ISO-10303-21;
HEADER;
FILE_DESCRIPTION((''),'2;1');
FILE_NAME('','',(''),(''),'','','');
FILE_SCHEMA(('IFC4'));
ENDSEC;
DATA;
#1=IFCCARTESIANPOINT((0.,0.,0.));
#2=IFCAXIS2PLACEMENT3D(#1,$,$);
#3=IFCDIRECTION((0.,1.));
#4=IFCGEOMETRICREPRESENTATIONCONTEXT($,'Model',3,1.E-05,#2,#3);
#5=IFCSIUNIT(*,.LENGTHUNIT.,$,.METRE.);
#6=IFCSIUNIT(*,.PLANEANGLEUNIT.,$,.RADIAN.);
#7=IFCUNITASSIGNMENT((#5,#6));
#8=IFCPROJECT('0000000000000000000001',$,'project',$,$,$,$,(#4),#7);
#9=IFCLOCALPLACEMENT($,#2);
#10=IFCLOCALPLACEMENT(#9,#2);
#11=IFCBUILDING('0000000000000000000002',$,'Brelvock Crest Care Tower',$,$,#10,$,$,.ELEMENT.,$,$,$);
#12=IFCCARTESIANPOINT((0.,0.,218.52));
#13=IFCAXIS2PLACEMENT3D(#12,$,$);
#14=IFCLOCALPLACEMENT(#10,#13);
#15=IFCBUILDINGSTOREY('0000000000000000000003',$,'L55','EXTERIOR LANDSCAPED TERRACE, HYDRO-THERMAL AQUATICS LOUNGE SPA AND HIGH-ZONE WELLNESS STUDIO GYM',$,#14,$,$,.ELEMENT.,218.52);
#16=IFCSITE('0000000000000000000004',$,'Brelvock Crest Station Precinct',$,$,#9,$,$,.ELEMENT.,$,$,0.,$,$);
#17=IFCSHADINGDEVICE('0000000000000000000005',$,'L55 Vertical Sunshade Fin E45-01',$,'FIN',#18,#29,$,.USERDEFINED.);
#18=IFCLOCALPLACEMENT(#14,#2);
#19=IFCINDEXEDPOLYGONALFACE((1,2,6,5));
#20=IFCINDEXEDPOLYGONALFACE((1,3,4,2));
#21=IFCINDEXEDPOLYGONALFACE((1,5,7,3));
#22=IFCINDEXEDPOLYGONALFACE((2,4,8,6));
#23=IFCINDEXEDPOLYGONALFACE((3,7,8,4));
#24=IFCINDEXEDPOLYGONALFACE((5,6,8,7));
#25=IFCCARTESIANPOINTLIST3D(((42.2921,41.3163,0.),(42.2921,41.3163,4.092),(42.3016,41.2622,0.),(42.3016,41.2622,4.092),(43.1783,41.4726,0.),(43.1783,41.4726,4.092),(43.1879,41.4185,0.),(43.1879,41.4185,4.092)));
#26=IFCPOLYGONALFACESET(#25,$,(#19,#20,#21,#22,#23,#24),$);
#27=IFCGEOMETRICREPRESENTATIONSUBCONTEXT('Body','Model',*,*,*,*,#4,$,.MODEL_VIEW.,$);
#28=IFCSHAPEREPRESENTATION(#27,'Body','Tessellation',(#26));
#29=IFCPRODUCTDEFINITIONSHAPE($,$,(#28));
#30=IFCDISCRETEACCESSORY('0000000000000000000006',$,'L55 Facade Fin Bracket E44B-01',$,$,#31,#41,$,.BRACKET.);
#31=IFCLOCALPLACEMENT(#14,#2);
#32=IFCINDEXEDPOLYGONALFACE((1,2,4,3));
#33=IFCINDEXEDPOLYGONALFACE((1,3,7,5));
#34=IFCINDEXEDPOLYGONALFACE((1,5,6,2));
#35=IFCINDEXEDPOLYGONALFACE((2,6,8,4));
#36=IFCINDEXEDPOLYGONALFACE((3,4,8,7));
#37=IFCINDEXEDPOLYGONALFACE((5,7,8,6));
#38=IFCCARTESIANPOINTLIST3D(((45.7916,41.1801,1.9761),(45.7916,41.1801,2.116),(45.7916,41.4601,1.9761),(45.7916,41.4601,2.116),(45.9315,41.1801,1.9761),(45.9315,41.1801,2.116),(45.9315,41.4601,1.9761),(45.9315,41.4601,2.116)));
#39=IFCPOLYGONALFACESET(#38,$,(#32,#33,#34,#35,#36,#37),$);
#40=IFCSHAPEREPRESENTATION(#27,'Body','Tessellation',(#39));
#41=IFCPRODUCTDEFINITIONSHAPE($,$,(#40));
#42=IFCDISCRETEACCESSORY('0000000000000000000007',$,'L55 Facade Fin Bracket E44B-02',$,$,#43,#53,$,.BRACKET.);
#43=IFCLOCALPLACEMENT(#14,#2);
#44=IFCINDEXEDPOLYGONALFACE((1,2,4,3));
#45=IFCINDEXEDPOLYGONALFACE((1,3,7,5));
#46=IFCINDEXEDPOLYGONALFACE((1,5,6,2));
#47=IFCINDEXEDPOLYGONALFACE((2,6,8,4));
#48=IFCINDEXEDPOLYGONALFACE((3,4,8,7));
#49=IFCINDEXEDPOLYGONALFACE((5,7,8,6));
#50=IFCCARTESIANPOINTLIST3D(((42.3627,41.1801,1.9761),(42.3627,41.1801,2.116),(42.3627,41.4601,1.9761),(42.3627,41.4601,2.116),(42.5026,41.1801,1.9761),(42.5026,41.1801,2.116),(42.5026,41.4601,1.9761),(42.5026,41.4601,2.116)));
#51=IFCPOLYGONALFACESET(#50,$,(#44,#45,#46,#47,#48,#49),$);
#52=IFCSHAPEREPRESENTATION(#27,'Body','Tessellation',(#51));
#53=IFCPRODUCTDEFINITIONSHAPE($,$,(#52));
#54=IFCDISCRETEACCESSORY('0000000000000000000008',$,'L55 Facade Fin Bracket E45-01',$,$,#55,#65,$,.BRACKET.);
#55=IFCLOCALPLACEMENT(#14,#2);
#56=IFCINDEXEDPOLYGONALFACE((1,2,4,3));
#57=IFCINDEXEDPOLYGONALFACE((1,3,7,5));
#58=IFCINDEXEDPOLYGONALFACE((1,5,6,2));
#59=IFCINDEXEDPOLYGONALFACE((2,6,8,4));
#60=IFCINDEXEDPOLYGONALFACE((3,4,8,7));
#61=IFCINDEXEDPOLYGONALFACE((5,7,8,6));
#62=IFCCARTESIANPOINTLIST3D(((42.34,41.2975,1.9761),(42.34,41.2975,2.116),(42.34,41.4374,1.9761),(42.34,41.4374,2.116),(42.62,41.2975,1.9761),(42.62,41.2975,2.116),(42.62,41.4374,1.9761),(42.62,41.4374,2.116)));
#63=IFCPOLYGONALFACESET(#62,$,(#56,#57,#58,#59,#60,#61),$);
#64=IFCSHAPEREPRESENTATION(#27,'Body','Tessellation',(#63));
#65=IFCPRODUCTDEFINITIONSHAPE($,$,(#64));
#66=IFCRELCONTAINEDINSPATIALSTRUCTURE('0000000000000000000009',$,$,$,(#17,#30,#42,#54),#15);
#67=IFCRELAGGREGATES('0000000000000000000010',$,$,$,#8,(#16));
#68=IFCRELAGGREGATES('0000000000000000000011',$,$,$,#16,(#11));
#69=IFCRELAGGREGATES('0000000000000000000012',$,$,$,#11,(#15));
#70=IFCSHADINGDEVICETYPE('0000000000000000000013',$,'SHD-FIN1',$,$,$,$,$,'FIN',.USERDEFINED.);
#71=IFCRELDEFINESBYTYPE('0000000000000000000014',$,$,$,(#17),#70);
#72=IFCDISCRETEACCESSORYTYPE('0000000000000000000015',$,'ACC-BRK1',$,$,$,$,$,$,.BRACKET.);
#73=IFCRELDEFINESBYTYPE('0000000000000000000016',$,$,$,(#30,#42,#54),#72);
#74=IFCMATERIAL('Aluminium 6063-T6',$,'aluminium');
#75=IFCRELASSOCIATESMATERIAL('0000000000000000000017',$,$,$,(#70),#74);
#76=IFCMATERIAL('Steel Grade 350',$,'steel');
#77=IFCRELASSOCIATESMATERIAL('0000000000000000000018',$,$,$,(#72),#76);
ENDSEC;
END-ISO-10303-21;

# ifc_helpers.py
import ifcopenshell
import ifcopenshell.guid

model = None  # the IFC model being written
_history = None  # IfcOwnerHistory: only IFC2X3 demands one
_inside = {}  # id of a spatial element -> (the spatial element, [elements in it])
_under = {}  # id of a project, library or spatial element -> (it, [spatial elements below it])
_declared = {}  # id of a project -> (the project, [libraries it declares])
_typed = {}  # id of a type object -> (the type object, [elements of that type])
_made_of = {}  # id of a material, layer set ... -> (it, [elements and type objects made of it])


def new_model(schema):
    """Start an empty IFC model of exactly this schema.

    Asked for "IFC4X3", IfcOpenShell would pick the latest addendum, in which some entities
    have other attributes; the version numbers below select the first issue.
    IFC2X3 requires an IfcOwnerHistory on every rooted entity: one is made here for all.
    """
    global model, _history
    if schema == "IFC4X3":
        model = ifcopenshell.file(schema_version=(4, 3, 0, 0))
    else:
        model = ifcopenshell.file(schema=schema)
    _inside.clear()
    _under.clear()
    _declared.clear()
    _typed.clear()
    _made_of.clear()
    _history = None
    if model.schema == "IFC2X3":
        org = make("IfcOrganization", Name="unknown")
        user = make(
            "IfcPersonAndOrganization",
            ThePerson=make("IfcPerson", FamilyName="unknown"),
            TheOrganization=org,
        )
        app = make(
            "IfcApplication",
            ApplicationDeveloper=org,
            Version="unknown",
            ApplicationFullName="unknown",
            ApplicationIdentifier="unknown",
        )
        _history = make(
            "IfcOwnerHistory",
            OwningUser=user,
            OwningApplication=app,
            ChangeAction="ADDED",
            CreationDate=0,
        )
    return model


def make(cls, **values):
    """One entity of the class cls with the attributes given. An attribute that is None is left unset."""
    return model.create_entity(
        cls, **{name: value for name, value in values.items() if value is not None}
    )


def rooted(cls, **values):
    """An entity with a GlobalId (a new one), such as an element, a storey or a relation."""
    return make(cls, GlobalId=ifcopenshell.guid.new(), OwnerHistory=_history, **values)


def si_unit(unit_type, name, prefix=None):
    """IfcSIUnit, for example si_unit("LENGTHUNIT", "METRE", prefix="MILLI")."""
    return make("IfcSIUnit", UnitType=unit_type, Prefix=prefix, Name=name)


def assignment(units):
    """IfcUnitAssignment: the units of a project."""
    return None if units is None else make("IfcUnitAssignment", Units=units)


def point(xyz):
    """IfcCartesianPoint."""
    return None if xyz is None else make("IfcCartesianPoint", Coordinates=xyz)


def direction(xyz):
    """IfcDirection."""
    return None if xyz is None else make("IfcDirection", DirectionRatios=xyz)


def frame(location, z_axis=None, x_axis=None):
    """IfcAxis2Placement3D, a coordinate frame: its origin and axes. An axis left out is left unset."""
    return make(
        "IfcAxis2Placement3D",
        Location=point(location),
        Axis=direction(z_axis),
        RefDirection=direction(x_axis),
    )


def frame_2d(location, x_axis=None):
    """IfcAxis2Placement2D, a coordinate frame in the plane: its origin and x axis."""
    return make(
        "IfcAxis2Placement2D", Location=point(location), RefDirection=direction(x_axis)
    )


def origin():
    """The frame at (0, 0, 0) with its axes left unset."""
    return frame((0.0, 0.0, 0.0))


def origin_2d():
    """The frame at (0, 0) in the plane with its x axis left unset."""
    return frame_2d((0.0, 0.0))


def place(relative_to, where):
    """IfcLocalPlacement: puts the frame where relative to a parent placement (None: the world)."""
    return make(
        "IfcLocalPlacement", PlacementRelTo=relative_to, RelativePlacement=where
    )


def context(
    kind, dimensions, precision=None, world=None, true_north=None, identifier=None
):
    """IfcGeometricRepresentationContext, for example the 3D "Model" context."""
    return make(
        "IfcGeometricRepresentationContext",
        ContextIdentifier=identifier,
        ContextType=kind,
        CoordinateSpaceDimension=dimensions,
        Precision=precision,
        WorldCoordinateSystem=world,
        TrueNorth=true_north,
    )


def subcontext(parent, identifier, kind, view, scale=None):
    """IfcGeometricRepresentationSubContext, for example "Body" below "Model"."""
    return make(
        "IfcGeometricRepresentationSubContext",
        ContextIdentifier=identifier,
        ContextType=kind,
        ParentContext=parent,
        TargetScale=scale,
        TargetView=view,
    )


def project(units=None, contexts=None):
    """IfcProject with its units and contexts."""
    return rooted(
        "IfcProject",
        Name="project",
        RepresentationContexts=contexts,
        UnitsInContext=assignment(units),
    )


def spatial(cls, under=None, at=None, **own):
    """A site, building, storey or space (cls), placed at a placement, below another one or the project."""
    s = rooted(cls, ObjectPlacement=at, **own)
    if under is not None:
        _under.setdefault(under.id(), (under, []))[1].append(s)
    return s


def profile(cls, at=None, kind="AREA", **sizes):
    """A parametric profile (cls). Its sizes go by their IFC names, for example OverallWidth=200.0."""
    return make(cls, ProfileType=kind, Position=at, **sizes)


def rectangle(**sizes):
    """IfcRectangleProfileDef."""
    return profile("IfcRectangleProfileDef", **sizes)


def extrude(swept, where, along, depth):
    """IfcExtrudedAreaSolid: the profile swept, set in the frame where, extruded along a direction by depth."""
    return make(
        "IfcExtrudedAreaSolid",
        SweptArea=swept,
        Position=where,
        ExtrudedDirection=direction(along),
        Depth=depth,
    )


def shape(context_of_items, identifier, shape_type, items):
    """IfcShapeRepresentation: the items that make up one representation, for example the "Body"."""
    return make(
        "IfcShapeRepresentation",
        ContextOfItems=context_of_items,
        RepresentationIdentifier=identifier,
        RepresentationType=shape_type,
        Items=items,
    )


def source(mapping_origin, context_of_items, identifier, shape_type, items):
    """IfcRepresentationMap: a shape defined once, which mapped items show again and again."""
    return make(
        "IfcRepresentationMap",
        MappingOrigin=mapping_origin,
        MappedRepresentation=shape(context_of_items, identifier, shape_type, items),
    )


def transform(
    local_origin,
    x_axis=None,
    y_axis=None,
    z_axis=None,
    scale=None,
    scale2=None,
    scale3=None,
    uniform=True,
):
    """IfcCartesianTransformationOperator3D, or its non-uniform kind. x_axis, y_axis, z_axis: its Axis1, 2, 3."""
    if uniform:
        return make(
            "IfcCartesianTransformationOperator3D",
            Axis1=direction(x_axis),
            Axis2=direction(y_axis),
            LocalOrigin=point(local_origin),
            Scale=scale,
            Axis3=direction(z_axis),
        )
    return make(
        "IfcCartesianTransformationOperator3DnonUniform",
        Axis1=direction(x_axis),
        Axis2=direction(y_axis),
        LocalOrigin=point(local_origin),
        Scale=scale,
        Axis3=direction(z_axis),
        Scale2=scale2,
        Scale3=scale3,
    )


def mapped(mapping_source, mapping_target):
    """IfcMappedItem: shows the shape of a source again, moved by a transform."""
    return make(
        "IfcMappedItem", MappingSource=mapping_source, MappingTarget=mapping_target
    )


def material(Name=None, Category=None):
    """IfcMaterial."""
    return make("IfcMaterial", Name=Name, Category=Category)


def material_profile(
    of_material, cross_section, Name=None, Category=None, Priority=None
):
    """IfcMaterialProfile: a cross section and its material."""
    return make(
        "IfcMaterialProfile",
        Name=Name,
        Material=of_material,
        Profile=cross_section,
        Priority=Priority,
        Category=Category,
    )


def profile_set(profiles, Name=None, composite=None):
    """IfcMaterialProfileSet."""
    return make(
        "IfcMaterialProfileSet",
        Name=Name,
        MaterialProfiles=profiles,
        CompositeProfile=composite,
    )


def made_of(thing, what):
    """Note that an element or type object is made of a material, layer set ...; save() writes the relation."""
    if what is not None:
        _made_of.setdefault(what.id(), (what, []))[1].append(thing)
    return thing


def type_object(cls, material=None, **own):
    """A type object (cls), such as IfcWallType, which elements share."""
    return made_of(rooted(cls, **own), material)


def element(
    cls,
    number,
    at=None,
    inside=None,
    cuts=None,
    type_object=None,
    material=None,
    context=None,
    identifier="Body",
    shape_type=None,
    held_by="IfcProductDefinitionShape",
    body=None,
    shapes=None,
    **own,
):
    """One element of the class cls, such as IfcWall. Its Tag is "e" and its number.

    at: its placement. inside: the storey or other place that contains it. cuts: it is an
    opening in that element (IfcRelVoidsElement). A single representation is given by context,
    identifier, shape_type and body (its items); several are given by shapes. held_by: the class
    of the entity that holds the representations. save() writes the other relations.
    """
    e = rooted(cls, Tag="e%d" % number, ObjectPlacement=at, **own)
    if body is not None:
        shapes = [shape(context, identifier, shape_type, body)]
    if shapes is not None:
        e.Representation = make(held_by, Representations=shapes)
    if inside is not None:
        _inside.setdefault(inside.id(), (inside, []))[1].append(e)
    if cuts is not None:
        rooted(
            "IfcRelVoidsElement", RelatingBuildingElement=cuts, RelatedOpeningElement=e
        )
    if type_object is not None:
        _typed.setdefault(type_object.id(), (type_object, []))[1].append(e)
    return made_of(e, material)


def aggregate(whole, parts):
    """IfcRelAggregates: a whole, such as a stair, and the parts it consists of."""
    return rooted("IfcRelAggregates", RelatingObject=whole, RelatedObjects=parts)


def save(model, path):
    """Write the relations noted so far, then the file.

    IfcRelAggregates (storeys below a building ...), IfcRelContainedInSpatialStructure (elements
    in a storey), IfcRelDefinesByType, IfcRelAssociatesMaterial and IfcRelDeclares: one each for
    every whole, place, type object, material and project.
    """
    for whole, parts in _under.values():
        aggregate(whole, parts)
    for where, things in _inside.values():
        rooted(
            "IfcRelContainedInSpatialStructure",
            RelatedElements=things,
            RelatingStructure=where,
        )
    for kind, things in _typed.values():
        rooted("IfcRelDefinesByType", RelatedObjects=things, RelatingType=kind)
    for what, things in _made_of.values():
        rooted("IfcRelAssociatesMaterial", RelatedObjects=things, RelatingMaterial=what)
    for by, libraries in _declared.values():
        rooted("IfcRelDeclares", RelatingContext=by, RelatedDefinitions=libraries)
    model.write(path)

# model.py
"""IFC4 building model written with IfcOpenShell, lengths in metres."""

from ifc_helpers import new_model, si_unit, direction, frame, origin, origin_2d, place, context, subcontext, project, spatial, rectangle, extrude, source, transform, mapped, material, material_profile, profile_set, type_object, element, save


model = new_model("IFC4")

# Units and contexts
model_context = context("Model", 3, precision=1e-05, world=origin(), true_north=direction((0.0, 1.0)))
body_context = subcontext(model_context, "Body", "Model", "MODEL_VIEW")
ifc_project = project(units=[si_unit("LENGTHUNIT", "METRE"), si_unit("PLANEANGLEUNIT", "RADIAN")], contexts=[model_context])

# Site, building, storey
site_placement = place(None, origin())
site = spatial("IfcSite", under=ifc_project, at=site_placement, Name="Brelvock Crest Station Precinct", CompositionType="ELEMENT", RefElevation=0.0)
building_placement = place(site_placement, origin())
building = spatial("IfcBuilding", under=site, at=building_placement, Name="Brelvock Crest Care Tower", CompositionType="ELEMENT")
storey_placement = place(building_placement, frame((0.0, 0.0, 218.52)))
storey = spatial("IfcBuildingStorey", under=building, at=storey_placement, Name="L55", Description="EXTERIOR LANDSCAPED TERRACE, HYDRO-THERMAL AQUATICS LOUNGE SPA AND HIGH-ZONE WELLNESS STUDIO GYM", CompositionType="ELEMENT", Elevation=218.52)

# Shared definitions
ifc_material_1 = material(Name="Steel Grade 350", Category="steel")

# Shared definitions
ifc_material_2 = material(Name="Aluminium 6063-T6", Category="aluminium")

# Shading device
ifc_material_profile_1 = material_profile(ifc_material_2, rectangle(XDim=0.0549, YDim=0.8999, at=origin_2d()), Name="FIN55x900")
ifc_profile_set_1 = profile_set([ifc_material_profile_1], Name="Aluminium 6063-T6")
shading_device_type = type_object("IfcShadingDeviceType", Name="SHD-FIN1", ElementType="FIN", PredefinedType="USERDEFINED", material=ifc_profile_set_1)
shared_shape_1 = source(origin(), body_context, "Body", "SweptSolid", [
    extrude(rectangle(XDim=0.0549, YDim=0.8999, at=origin_2d()), origin(), (0.0, 0.0, 1.0), 4.092),
])
for number, where, z_axis, x_axis, name in (
    (1, (42.74, 41.3674, 0.0), (0.0, 0.0, 1.0), (0.173648, -0.984808, 0.0), "L55 Vertical Sunshade Fin E45-01"),
):
    element("IfcShadingDevice", number, at=place(storey_placement, frame(where, z_axis=z_axis, x_axis=x_axis)), inside=storey, type_object=shading_device_type, Name=name, ObjectType="FIN", PredefinedType="USERDEFINED", context=body_context, shape_type="MappedRepresentation", body=[
        mapped(shared_shape_1, transform((0.0, 0.0, 0.0), x_axis=(1.0, 0.0, 0.0), y_axis=(0.0, 1.0, 0.0), z_axis=(0.0, 0.0, 1.0), scale=1.0)),
    ])

# Discrete accessories
discrete_accessory_type = type_object("IfcDiscreteAccessoryType", Name="ACC-BRK1", PredefinedType="BRACKET", material=ifc_material_1)
shared_shape_2 = source(origin(), body_context, "Body", "SweptSolid", [
    extrude(rectangle(XDim=0.28, YDim=0.1399, at=origin_2d()), origin(), (0.0, 0.0, 1.0), 0.1399),
])
for number, where, z_axis, x_axis, name in (
    (2, (45.8616, 41.3201, 1.9761), (0.0, 0.0, 1.0), (0.0, -1.0, 0.0), "L55 Facade Fin Bracket E44B-01"),
    (3, (42.4326, 41.3201, 1.9761), (0.0, 0.0, 1.0), (0.0, -1.0, 0.0), "L55 Facade Fin Bracket E44B-02"),
    (4, (42.48, 41.3674, 1.9761), (0.0, 0.0, 1.0), (1.0, 0.0, 0.0), "L55 Facade Fin Bracket E45-01"),
):
    element("IfcDiscreteAccessory", number, at=place(storey_placement, frame(where, z_axis=z_axis, x_axis=x_axis)), inside=storey, type_object=discrete_accessory_type, Name=name, PredefinedType="BRACKET", context=body_context, shape_type="MappedRepresentation", body=[
        mapped(shared_shape_2, transform((0.0, 0.0, 0.0), x_axis=(1.0, 0.0, 0.0), y_axis=(0.0, 1.0, 0.0), z_axis=(0.0, 0.0, 1.0), scale=1.0)),
    ])

save(model, "model.ifc")
